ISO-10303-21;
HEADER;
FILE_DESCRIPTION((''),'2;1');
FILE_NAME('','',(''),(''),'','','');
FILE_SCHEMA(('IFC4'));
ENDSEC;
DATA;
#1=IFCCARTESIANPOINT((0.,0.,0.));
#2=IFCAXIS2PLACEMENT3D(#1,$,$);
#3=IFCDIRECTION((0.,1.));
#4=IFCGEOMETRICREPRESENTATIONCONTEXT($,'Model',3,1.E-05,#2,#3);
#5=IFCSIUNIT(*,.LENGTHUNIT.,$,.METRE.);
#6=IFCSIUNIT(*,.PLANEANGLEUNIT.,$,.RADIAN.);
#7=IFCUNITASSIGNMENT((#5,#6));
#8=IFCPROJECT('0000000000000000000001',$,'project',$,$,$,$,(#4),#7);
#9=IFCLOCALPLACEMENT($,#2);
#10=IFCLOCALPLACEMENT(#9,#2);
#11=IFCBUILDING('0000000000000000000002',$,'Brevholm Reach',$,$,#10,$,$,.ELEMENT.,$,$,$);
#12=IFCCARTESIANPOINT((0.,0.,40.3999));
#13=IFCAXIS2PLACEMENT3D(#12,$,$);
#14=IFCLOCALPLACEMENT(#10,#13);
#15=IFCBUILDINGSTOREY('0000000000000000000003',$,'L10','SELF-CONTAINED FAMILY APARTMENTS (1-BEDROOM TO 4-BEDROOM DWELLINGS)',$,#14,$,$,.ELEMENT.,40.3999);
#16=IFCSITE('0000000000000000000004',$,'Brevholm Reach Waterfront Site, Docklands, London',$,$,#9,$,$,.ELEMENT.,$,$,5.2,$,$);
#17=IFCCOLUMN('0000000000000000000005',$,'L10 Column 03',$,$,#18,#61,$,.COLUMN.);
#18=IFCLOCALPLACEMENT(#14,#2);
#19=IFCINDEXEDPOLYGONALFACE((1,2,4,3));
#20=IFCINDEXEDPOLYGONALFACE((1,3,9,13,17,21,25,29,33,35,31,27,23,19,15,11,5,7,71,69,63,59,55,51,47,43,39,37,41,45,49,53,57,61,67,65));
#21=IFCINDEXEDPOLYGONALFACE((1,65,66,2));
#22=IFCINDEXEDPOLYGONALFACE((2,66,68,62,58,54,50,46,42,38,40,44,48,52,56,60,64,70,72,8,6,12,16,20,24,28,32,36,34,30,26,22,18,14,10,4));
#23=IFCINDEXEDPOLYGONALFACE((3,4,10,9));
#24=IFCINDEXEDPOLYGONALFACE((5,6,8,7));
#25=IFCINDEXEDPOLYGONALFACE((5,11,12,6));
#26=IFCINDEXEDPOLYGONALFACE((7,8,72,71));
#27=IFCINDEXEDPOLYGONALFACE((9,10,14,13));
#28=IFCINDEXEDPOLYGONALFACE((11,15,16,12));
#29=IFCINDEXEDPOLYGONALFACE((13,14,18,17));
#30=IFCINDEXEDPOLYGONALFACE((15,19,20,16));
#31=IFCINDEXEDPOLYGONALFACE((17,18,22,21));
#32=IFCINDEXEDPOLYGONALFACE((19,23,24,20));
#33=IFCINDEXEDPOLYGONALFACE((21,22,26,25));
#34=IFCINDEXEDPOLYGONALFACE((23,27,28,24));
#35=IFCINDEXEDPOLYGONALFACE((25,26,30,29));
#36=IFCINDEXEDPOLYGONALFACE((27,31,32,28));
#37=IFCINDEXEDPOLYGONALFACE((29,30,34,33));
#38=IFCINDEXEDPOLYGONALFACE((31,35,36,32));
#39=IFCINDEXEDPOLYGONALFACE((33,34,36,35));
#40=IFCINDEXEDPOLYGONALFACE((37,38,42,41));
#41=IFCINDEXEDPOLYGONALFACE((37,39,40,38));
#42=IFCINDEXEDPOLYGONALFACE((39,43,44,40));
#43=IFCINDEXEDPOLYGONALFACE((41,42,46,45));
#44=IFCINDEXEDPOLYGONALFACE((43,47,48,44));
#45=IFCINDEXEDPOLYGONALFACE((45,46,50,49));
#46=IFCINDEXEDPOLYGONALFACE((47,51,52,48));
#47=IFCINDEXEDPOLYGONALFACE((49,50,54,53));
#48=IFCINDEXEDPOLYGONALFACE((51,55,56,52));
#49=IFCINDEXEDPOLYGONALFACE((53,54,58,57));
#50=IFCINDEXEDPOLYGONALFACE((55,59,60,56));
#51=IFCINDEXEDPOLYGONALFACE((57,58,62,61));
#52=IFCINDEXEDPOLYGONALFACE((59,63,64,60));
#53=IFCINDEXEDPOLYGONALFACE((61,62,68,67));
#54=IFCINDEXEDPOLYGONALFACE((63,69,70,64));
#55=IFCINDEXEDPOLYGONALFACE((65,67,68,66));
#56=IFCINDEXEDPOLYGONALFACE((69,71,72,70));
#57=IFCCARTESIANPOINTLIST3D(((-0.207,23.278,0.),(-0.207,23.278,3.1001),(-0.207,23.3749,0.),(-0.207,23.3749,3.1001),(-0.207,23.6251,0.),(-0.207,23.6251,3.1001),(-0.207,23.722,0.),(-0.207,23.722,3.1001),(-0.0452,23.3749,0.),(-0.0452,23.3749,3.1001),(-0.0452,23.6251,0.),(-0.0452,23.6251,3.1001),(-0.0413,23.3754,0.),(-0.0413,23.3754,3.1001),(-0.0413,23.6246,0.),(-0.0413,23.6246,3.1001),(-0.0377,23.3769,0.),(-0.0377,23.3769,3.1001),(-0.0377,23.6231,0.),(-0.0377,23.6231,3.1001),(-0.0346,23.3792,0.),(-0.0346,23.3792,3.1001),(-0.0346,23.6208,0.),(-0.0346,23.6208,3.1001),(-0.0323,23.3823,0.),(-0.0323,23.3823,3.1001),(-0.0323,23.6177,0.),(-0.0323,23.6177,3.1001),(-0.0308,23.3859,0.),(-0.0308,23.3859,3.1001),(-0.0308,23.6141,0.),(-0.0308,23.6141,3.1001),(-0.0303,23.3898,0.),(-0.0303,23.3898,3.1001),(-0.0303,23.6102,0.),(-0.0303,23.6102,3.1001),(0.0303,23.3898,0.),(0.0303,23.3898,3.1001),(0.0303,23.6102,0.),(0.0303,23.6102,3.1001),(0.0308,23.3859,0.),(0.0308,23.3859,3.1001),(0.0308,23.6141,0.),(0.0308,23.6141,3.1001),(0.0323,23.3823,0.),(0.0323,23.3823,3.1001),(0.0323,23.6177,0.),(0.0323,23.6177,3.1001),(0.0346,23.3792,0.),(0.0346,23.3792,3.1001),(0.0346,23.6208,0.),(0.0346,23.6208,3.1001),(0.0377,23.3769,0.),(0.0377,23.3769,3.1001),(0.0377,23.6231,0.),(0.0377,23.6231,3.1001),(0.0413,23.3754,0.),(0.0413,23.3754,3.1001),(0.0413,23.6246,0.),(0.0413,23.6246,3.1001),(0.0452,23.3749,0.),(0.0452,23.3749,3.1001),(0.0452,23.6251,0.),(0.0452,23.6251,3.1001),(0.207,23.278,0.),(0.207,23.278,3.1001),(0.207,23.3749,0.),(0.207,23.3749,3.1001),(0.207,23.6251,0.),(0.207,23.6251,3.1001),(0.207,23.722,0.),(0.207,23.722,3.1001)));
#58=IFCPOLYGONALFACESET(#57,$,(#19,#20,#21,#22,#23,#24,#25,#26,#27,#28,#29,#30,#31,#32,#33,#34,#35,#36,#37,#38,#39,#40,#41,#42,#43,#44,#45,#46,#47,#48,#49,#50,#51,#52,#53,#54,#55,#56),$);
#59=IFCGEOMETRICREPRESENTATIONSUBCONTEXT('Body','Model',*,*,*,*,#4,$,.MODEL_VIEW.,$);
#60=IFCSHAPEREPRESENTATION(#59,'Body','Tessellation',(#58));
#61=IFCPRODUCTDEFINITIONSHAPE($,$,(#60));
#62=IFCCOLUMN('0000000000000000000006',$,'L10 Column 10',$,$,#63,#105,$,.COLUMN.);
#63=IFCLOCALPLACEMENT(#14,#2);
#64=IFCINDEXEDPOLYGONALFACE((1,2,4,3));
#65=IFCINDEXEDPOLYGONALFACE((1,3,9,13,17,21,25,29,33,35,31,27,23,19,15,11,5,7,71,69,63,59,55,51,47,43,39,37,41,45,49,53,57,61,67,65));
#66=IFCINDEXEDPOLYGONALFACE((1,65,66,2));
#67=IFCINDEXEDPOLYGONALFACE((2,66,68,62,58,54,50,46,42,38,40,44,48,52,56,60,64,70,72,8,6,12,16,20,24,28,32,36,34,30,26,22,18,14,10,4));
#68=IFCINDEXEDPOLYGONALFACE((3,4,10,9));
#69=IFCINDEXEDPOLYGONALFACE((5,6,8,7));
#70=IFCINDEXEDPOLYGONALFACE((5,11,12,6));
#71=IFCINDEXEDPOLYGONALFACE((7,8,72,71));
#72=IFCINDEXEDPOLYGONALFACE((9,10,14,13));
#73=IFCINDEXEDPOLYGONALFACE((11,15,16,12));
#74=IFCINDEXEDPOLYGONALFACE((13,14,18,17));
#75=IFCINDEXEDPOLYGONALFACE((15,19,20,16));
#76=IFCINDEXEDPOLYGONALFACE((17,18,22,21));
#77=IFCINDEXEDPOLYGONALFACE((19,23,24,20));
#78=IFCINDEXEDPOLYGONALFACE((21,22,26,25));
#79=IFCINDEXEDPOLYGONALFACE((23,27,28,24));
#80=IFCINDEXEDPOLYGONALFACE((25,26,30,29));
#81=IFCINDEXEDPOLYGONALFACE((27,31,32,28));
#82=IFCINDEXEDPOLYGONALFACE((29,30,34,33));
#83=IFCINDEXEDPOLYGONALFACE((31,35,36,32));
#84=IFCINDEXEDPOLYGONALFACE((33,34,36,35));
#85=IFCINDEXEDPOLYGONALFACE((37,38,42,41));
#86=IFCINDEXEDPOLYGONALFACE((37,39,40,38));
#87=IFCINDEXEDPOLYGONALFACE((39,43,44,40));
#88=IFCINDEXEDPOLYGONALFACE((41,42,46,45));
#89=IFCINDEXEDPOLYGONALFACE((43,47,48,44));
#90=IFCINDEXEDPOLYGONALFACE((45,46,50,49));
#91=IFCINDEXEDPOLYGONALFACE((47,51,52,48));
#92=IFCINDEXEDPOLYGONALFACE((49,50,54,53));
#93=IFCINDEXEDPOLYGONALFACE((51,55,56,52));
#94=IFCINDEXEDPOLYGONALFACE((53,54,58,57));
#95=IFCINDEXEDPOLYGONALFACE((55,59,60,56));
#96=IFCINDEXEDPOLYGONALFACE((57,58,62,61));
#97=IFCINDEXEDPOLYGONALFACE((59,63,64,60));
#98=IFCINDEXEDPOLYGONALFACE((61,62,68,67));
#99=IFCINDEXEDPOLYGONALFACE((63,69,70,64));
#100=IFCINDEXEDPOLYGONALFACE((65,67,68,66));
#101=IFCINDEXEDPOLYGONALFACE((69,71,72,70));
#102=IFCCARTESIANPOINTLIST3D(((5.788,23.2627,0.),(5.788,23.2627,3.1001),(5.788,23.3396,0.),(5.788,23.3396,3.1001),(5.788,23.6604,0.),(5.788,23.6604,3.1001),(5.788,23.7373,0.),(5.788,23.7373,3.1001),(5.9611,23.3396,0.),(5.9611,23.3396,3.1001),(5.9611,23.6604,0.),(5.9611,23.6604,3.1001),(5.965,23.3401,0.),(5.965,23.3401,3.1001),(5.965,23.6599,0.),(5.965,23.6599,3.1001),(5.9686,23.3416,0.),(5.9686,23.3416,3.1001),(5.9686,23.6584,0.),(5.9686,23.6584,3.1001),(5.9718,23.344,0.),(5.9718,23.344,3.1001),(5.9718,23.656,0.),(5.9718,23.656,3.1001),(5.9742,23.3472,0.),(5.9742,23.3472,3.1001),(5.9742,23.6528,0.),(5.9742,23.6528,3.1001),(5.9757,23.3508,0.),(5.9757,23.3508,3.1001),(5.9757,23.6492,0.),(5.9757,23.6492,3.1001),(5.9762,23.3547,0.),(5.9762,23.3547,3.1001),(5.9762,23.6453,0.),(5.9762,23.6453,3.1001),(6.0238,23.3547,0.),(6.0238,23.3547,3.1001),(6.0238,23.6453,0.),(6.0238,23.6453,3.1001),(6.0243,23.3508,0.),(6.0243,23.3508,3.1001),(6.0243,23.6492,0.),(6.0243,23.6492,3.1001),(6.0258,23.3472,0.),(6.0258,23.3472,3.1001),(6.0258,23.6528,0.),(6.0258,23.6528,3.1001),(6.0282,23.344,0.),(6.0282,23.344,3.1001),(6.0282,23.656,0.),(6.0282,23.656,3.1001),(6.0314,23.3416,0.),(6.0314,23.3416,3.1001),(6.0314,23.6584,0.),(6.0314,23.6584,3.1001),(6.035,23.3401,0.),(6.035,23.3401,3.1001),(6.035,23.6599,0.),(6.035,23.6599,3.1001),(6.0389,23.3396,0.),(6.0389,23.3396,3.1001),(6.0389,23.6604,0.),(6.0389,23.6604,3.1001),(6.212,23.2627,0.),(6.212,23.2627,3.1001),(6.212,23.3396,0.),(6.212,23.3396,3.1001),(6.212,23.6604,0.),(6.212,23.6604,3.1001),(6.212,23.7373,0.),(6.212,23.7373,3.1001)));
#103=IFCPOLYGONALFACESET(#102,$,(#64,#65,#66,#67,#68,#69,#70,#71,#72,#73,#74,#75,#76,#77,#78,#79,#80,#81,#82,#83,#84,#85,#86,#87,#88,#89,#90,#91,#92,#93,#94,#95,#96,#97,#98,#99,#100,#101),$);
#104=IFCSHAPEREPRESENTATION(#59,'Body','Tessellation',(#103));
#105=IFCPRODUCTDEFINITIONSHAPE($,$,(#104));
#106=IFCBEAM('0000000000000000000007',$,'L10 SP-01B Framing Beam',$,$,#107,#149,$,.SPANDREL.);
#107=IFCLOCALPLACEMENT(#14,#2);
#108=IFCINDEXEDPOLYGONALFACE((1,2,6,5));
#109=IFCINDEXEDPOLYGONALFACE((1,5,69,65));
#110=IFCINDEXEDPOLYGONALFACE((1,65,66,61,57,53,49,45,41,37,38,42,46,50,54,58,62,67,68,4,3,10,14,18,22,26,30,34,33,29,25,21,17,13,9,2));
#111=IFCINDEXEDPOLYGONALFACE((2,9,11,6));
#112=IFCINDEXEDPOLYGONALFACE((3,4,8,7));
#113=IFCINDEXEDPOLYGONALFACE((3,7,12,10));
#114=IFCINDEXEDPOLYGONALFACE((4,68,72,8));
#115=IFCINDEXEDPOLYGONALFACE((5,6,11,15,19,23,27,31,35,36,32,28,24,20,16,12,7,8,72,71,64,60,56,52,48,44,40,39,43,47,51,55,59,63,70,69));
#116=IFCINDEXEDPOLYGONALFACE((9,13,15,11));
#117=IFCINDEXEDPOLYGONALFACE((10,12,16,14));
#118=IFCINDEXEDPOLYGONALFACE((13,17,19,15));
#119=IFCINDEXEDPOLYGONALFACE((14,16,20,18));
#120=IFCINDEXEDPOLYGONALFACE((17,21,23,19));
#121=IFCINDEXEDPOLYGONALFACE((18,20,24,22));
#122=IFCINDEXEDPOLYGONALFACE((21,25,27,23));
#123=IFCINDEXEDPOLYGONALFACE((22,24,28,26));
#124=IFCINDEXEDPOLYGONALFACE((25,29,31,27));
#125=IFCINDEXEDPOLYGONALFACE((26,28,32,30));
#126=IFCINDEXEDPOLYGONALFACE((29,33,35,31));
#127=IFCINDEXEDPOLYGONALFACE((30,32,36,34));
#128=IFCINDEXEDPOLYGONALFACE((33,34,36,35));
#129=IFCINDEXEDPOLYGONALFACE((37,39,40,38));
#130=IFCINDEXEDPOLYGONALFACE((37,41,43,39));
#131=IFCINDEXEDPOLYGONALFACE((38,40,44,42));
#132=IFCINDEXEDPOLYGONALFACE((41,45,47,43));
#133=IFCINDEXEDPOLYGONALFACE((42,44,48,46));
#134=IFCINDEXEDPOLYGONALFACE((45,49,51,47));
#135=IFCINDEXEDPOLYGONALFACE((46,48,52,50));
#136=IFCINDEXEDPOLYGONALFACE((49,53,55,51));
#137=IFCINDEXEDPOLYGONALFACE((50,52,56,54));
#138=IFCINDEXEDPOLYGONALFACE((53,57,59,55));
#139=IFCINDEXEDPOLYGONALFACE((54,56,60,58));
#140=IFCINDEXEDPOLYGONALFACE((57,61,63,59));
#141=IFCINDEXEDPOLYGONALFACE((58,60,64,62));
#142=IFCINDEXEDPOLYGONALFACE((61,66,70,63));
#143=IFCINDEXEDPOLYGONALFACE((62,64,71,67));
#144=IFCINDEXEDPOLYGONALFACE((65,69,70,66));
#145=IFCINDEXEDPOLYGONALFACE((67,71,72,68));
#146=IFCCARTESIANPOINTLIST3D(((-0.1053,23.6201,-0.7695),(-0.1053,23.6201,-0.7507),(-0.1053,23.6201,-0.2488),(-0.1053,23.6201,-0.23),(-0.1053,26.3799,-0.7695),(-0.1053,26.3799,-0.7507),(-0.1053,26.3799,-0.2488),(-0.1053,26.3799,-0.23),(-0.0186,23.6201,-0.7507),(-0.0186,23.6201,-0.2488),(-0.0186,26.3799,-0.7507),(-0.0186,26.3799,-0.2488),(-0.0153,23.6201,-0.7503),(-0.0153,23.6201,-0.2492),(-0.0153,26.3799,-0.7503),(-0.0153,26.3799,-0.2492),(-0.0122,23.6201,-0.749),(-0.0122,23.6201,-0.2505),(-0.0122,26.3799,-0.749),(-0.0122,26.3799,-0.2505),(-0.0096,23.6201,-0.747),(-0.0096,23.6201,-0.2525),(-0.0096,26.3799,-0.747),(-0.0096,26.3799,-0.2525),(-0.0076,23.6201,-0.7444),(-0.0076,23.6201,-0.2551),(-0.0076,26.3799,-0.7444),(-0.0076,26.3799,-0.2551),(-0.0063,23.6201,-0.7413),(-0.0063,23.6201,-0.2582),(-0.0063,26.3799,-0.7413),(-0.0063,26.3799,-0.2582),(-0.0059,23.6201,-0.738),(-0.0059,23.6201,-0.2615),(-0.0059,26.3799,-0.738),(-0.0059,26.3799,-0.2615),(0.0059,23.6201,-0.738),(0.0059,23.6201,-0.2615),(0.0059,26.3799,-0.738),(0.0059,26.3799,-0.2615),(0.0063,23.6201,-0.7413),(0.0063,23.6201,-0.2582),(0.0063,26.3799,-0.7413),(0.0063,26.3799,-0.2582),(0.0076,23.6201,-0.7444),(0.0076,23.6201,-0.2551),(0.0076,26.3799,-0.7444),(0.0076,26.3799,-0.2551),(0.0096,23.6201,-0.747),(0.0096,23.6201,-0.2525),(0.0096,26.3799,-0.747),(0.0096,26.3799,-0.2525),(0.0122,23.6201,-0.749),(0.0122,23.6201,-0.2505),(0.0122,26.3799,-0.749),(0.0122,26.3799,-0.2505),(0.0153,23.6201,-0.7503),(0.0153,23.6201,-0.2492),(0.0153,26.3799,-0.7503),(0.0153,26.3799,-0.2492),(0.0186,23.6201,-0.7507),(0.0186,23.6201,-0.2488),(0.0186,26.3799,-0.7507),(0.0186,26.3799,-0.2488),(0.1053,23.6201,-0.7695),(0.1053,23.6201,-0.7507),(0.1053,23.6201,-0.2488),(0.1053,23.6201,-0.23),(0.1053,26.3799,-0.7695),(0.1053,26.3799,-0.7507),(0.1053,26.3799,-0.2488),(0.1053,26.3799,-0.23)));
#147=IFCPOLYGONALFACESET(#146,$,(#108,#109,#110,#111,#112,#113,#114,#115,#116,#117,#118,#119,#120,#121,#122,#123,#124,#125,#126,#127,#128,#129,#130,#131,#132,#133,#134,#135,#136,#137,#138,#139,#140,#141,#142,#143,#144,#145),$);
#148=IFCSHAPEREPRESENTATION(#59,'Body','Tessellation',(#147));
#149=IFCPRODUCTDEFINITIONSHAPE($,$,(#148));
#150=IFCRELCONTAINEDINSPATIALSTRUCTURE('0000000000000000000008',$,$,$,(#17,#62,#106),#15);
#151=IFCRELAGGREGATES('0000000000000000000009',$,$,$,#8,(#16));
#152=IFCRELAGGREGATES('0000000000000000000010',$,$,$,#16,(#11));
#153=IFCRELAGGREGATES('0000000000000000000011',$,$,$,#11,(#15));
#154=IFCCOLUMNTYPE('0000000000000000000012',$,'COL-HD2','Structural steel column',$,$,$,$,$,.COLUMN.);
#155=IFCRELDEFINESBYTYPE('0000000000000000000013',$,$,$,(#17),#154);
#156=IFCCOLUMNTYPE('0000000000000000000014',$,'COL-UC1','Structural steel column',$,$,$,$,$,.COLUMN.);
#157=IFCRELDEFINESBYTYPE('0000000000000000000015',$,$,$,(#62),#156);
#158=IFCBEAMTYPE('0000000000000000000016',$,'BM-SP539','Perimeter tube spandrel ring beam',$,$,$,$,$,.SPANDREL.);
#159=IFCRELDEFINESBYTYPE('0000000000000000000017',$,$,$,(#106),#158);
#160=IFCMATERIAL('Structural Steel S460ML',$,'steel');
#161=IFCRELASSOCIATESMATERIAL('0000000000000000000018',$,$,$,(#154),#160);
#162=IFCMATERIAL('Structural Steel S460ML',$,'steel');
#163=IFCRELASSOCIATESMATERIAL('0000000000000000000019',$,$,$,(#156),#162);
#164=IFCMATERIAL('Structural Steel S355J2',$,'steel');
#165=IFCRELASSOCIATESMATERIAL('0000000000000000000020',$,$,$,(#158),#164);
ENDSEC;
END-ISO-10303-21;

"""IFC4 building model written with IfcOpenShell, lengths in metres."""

from ifc_helpers import new_model, si_unit, direction, frame, origin, origin_2d, place, context, subcontext, project, spatial, i_section, extrude, material, material_profile, profile_set, type_object, element, save


model = new_model("IFC4")

# Units and contexts
model_context = context("Model", 3, precision=1e-05, world=origin(), true_north=direction((0.0, 1.0)))
body_context = subcontext(model_context, "Body", "Model", "MODEL_VIEW")
ifc_project = project(units=[si_unit("LENGTHUNIT", "METRE"), si_unit("PLANEANGLEUNIT", "RADIAN")], contexts=[model_context])

# Site, building, storey
site_placement = place(None, origin())
site = spatial("IfcSite", under=ifc_project, at=site_placement, Name="Brevholm Reach Waterfront Site, Docklands, London", CompositionType="ELEMENT", RefElevation=5.2)
building_placement = place(site_placement, origin())
building = spatial("IfcBuilding", under=site, at=building_placement, Name="Brevholm Reach", CompositionType="ELEMENT")
storey_placement = place(building_placement, frame((0.0, 0.0, 40.3999)))
storey = spatial("IfcBuildingStorey", under=building, at=storey_placement, Name="L10", Description="SELF-CONTAINED FAMILY APARTMENTS (1-BEDROOM TO 4-BEDROOM DWELLINGS)", CompositionType="ELEMENT", Elevation=40.3999)

# Columns
ifc_material_1 = material(Name="Structural Steel S460ML", Category="steel")
ifc_material_profile_1 = material_profile(ifc_material_1, i_section(OverallWidth=0.4141, OverallDepth=0.4441, WebThickness=0.0605, FlangeThickness=0.0969, FilletRadius=0.0149, at=origin_2d()), Name="HD 400x818")
ifc_profile_set_1 = profile_set([ifc_material_profile_1], Name="Structural Steel S460ML")
column_type_1 = type_object("IfcColumnType", Name="COL-HD2", Description="Structural steel column", PredefinedType="COLUMN", material=ifc_profile_set_1)
column_1_placement = place(storey_placement, frame((0.0, 23.5, 0.0), z_axis=(0.0, 0.0, 1.0), x_axis=(1.0, 0.0, 0.0)))
element("IfcColumn", 1, at=column_1_placement, inside=storey, type_object=column_type_1, Name="L10 Column 03", PredefinedType="COLUMN", context=body_context, shape_type="SweptSolid", body=[
    extrude(i_section(OverallWidth=0.4141, OverallDepth=0.4441, WebThickness=0.0605, FlangeThickness=0.0969, FilletRadius=0.0149, at=origin_2d()), origin(), (0.0, 0.0, 1.0), 3.1001),
])
ifc_material_2 = material(Name="Structural Steel S460ML", Category="steel")
ifc_material_profile_2 = material_profile(ifc_material_2, i_section(OverallWidth=0.4241, OverallDepth=0.4746, WebThickness=0.0476, FlangeThickness=0.0769, FilletRadius=0.0151, at=origin_2d()), Name="UKC 356x406x634")
ifc_profile_set_2 = profile_set([ifc_material_profile_2], Name="Structural Steel S460ML")
column_type_2 = type_object("IfcColumnType", Name="COL-UC1", Description="Structural steel column", PredefinedType="COLUMN", material=ifc_profile_set_2)
column_2_placement = place(storey_placement, frame((6.0, 23.5, 0.0), z_axis=(0.0, 0.0, 1.0), x_axis=(1.0, 0.0, 0.0)))
element("IfcColumn", 2, at=column_2_placement, inside=storey, type_object=column_type_2, Name="L10 Column 10", PredefinedType="COLUMN", context=body_context, shape_type="SweptSolid", body=[
    extrude(i_section(OverallWidth=0.4241, OverallDepth=0.4746, WebThickness=0.0476, FlangeThickness=0.0769, FilletRadius=0.0151, at=origin_2d()), origin(), (0.0, 0.0, 1.0), 3.1001),
])

# Beam
ifc_material_3 = material(Name="Structural Steel S355J2", Category="steel")
ifc_material_profile_3 = material_profile(ifc_material_3, i_section(OverallWidth=0.2107, OverallDepth=0.5396, WebThickness=0.0117, FlangeThickness=0.0188, FilletRadius=0.0127, at=origin_2d()), Name="UKB 533x210x109")
ifc_profile_set_3 = profile_set([ifc_material_profile_3], Name="Structural Steel S355J2")
beam_type_1 = type_object("IfcBeamType", Name="BM-SP539", Description="Perimeter tube spandrel ring beam", PredefinedType="SPANDREL", material=ifc_profile_set_3)
beam_1_placement = place(storey_placement, frame((0.0, 23.6201, -0.4998), z_axis=(0.0, 1.0, 0.0), x_axis=(-1.0, 0.0, 0.0)))
element("IfcBeam", 3, at=beam_1_placement, inside=storey, type_object=beam_type_1, Name="L10 SP-01B Framing Beam", PredefinedType="SPANDREL", context=body_context, shape_type="SweptSolid", body=[
    extrude(i_section(OverallWidth=0.2107, OverallDepth=0.5396, WebThickness=0.0117, FlangeThickness=0.0188, FilletRadius=0.0127, at=origin_2d()), origin(), (0.0, 0.0, 1.0), 2.7598),
])

save(model, "model.ifc")
